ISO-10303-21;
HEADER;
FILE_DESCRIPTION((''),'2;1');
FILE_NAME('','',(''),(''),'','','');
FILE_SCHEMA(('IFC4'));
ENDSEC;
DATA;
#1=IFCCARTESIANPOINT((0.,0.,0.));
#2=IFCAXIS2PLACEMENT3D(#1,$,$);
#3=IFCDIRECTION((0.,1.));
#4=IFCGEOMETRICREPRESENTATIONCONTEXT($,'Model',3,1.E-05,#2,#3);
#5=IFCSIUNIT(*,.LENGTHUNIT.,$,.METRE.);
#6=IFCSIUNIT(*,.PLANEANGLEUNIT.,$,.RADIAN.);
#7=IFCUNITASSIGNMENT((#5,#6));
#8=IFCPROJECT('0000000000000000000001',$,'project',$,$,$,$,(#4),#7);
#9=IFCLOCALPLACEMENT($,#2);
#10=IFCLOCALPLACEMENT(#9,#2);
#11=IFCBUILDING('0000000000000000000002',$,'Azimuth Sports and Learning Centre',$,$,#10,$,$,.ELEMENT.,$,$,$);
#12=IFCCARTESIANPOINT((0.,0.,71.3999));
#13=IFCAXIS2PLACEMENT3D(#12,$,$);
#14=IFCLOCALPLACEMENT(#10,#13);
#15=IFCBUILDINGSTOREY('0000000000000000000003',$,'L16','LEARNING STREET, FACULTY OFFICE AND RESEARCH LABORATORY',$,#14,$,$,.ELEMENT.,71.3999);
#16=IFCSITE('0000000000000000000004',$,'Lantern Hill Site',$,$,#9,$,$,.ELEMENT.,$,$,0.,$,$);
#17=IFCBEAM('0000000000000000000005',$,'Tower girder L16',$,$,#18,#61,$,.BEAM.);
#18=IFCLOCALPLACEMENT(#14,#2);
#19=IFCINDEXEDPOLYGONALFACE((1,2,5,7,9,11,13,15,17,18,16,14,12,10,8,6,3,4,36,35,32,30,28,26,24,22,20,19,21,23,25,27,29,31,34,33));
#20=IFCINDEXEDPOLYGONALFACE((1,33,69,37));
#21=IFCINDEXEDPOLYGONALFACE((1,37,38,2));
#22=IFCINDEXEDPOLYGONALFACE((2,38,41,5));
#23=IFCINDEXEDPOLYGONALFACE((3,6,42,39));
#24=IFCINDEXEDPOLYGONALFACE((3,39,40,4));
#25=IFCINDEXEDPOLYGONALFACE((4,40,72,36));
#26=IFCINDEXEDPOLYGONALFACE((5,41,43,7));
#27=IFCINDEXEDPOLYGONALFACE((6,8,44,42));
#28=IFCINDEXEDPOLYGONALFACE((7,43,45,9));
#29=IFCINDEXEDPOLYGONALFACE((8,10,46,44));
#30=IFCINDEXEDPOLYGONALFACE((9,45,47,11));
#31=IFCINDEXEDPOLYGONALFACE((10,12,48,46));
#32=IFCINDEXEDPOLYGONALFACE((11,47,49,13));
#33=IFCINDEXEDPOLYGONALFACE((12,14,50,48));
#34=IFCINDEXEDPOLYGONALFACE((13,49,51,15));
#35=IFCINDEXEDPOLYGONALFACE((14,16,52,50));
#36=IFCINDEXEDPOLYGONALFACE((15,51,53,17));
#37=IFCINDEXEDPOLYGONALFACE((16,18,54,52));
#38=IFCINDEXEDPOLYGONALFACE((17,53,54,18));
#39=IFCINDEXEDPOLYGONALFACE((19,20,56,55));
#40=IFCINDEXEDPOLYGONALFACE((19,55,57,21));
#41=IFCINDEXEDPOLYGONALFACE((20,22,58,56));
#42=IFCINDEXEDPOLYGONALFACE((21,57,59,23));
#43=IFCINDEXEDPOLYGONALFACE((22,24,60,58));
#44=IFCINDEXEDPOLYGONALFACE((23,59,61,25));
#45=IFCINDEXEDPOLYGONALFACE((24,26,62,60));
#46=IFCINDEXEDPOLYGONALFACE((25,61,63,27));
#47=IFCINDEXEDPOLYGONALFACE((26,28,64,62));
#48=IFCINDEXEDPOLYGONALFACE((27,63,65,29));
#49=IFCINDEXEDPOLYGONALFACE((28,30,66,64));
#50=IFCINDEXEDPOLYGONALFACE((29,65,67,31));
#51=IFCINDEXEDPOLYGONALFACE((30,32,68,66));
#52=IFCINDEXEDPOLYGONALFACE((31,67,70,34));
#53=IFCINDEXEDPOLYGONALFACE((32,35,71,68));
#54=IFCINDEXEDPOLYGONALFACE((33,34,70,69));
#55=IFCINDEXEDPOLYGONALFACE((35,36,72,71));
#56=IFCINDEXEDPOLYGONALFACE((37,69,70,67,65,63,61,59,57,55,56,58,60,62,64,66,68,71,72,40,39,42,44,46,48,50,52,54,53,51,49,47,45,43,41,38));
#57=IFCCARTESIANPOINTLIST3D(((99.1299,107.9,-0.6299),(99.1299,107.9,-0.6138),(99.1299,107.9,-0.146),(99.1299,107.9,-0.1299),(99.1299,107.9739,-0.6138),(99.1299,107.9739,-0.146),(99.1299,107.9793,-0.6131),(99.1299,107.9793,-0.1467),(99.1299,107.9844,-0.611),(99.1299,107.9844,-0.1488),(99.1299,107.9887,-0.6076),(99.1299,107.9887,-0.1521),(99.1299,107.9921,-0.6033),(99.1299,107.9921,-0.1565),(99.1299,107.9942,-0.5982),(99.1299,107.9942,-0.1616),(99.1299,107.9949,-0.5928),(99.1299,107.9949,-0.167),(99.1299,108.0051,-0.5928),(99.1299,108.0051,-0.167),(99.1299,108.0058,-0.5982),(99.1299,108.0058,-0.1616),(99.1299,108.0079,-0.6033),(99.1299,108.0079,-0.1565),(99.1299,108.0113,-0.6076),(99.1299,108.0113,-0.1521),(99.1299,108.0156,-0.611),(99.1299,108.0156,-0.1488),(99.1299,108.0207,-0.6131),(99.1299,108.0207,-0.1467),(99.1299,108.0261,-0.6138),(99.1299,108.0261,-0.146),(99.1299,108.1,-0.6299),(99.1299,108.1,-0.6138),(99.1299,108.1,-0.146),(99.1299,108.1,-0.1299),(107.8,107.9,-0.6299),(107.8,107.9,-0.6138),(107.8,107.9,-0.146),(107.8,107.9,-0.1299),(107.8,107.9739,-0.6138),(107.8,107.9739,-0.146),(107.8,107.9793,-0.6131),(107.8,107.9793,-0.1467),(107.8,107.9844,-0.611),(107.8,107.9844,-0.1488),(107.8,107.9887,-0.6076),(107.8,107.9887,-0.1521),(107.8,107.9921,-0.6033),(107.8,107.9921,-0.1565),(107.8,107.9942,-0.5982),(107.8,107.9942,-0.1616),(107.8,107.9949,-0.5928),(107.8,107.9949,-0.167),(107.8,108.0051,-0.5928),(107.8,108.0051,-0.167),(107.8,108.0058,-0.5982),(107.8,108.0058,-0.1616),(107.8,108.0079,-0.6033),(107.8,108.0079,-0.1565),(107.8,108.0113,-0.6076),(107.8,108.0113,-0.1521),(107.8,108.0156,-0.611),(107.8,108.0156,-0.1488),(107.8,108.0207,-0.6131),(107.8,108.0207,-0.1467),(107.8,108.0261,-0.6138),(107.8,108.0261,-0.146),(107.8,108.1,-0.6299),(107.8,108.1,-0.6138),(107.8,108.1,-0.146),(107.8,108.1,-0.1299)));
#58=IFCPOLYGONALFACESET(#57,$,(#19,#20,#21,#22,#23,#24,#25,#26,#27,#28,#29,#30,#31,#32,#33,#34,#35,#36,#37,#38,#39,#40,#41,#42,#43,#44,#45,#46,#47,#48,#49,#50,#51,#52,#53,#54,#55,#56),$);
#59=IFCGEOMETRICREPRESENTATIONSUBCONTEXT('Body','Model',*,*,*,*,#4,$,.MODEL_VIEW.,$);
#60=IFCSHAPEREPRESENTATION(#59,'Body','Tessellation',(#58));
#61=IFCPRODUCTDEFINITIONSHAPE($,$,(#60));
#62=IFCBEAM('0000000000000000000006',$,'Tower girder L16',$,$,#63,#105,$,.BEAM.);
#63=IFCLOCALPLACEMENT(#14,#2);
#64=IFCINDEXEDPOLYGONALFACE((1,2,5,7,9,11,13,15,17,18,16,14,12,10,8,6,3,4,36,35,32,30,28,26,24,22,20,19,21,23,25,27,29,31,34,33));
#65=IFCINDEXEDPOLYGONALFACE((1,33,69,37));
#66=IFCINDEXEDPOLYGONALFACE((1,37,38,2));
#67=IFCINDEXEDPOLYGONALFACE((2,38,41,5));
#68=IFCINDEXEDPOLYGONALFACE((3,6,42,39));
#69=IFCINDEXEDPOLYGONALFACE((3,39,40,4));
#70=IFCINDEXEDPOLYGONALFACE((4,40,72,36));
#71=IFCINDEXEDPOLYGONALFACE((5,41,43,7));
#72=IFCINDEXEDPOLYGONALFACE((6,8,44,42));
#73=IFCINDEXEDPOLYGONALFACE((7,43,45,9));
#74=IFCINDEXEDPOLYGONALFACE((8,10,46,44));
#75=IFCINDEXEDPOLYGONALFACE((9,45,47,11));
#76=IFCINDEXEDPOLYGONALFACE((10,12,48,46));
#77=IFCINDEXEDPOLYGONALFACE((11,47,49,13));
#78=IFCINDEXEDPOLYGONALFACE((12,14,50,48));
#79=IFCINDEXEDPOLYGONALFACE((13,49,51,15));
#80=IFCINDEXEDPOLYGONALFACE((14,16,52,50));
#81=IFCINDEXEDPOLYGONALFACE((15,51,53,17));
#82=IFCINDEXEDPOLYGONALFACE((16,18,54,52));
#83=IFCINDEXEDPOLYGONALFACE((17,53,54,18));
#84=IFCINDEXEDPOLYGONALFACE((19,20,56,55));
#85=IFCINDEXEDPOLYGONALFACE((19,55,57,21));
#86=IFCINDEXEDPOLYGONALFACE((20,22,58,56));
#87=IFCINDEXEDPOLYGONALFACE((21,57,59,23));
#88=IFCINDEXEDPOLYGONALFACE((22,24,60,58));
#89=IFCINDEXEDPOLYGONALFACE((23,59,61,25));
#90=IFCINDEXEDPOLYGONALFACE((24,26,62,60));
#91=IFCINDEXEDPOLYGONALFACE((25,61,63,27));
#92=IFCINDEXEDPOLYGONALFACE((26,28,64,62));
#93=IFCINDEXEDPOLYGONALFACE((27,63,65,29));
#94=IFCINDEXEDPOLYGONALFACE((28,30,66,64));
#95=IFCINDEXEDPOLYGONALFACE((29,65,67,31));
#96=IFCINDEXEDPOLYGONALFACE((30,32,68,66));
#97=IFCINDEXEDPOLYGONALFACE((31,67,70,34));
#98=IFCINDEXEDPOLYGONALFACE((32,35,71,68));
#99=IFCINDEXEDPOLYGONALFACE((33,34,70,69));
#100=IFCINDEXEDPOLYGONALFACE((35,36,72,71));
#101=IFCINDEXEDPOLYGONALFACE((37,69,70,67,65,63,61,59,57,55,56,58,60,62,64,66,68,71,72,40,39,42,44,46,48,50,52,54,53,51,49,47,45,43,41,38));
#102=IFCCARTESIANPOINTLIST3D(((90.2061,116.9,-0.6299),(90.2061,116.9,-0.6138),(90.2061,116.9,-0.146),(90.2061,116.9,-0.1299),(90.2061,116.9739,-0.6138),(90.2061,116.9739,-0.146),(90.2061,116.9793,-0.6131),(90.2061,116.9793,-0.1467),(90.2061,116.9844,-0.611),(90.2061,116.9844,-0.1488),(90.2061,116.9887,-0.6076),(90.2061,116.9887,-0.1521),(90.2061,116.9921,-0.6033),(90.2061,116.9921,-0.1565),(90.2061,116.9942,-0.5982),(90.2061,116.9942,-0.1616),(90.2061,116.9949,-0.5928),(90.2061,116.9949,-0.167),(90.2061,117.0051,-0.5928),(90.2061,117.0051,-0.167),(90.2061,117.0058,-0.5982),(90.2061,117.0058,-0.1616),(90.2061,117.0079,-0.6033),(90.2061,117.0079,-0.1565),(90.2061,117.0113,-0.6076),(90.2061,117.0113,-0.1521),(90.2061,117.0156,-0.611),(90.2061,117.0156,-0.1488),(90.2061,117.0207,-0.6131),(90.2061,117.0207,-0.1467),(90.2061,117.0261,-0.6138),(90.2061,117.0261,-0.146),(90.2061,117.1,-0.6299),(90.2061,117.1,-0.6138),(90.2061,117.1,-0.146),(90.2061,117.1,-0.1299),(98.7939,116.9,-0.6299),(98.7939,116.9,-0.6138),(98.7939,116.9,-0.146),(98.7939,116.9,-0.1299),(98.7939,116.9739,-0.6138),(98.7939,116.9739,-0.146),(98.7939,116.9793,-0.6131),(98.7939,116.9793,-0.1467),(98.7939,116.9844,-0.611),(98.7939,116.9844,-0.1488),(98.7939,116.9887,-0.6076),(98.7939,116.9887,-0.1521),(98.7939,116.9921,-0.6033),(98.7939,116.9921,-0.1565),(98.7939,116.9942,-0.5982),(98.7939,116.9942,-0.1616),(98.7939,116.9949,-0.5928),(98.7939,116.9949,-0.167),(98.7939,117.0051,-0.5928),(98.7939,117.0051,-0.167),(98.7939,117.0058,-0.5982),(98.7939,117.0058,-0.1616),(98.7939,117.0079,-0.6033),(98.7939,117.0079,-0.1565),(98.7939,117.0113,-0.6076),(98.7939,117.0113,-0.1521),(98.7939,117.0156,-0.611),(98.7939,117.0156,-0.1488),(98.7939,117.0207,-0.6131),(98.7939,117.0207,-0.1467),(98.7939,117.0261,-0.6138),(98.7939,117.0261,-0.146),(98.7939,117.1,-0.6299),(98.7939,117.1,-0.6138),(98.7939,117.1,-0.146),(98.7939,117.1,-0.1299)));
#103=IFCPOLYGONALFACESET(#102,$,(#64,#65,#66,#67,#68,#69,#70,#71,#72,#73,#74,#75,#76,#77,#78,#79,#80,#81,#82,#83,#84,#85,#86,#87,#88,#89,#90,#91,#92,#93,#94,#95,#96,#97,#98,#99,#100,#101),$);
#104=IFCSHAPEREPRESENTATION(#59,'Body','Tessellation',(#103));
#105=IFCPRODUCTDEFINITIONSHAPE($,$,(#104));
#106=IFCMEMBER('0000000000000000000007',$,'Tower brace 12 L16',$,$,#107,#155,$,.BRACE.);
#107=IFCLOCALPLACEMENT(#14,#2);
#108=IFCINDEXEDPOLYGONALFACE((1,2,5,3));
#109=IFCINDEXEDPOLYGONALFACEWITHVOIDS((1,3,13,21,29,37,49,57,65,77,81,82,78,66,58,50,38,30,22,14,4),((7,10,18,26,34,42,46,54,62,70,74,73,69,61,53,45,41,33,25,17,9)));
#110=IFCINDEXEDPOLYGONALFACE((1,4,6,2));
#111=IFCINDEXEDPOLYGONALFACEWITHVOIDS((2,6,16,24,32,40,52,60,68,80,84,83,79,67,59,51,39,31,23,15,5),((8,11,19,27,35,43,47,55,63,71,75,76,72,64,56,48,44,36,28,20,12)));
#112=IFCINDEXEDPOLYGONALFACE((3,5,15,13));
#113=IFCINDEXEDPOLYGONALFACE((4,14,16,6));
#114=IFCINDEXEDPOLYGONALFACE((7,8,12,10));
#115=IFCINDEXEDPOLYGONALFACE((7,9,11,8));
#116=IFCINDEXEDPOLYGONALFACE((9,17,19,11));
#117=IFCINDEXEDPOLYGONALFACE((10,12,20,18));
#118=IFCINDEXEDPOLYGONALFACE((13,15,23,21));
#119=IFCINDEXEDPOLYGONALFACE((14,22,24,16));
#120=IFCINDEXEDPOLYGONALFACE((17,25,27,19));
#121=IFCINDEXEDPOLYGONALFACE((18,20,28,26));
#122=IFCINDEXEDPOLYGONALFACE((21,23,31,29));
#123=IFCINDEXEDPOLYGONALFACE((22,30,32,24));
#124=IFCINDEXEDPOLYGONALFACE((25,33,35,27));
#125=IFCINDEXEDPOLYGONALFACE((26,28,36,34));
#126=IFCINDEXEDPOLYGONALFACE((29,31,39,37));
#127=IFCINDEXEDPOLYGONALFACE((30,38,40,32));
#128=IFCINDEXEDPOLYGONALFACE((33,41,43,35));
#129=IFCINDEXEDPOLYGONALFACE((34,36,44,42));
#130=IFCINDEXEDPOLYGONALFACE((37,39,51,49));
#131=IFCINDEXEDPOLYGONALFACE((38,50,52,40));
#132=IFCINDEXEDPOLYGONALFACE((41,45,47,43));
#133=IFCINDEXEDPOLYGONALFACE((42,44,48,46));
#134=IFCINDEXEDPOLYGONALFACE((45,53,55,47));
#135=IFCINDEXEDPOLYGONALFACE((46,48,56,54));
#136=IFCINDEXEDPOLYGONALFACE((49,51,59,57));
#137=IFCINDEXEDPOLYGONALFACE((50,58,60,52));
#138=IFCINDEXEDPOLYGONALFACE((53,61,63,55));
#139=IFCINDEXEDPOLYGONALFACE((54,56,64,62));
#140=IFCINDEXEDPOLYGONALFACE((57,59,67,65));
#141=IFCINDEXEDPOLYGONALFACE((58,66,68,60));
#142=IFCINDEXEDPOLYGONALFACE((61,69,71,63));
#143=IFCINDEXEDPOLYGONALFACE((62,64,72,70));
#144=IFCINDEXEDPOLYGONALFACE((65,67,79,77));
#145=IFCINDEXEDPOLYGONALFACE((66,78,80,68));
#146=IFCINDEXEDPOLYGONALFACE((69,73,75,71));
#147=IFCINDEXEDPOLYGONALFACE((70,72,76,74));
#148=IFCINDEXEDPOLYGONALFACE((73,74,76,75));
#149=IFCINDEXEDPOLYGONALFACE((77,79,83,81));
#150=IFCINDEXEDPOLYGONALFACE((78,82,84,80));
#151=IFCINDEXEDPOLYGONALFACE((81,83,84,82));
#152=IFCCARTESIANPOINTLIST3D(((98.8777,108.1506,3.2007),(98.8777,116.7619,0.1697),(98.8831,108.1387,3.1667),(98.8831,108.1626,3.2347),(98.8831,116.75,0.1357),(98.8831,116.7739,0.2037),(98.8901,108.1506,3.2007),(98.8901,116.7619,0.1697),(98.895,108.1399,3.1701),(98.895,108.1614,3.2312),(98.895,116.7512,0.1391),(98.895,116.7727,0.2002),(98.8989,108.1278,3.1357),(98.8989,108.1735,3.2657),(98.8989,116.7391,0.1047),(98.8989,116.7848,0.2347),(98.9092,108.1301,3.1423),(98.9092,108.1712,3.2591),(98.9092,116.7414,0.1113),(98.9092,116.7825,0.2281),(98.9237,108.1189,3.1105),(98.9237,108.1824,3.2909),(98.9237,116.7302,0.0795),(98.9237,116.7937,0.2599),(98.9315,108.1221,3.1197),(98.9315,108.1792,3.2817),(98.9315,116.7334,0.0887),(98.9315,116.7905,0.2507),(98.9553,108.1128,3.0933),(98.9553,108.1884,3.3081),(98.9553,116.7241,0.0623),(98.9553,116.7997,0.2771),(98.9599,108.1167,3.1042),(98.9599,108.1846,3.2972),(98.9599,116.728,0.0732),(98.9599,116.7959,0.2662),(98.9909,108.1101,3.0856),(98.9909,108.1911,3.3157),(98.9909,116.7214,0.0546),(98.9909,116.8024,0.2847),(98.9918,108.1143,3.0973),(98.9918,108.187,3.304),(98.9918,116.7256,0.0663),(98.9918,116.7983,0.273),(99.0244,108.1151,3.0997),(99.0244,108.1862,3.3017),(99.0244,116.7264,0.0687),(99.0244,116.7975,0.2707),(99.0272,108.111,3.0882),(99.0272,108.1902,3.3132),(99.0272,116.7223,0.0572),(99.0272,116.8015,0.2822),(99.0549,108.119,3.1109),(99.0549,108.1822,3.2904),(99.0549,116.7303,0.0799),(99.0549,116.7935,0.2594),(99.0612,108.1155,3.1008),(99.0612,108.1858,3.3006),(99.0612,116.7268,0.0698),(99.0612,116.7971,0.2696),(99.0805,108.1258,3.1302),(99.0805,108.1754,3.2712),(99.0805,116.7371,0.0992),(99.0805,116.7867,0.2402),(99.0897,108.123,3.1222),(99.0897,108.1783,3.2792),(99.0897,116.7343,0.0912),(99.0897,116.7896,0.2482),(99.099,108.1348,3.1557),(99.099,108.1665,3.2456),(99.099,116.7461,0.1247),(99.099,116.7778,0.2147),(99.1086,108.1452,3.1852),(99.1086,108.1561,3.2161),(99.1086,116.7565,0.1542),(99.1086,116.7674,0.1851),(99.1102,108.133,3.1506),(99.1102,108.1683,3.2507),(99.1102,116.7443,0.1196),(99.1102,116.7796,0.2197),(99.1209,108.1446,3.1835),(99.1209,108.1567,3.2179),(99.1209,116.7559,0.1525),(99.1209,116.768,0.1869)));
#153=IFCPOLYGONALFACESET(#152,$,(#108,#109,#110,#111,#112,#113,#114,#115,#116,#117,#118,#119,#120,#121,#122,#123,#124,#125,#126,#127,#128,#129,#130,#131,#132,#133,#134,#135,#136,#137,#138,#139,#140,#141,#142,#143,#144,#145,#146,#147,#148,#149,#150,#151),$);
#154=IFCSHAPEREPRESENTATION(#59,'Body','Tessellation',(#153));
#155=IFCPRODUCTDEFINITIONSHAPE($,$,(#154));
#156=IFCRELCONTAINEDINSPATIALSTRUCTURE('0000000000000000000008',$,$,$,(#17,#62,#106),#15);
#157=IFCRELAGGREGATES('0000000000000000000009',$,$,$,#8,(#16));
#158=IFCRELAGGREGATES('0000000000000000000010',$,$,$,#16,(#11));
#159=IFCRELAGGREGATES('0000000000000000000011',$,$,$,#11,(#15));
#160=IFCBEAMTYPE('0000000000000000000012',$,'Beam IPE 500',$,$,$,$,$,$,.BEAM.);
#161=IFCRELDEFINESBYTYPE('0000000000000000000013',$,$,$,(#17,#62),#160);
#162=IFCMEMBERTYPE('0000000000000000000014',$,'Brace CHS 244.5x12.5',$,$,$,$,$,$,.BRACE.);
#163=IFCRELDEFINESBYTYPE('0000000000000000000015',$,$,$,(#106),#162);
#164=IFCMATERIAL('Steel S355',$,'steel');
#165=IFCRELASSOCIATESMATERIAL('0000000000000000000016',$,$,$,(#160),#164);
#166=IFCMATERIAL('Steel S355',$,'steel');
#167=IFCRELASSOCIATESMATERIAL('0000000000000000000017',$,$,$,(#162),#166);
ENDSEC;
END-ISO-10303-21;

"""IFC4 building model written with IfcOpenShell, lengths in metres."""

from ifc_helpers import new_model, si_unit, direction, frame, origin, origin_2d, place, context, subcontext, project, spatial, hollow_circle, i_section, extrude, material, material_profile, profile_set, type_object, element, save


model = new_model("IFC4")

# Units and contexts
model_context = context("Model", 3, precision=1e-05, world=origin(), true_north=direction((0.0, 1.0)))
body_context = subcontext(model_context, "Body", "Model", "MODEL_VIEW")
ifc_project = project(units=[si_unit("LENGTHUNIT", "METRE"), si_unit("PLANEANGLEUNIT", "RADIAN")], contexts=[model_context])

# Site, building, storey
site_placement = place(None, origin())
site = spatial("IfcSite", under=ifc_project, at=site_placement, Name="Lantern Hill Site", CompositionType="ELEMENT", RefElevation=0.0)
building_placement = place(site_placement, origin())
building = spatial("IfcBuilding", under=site, at=building_placement, Name="Azimuth Sports and Learning Centre", CompositionType="ELEMENT")
storey_placement = place(building_placement, frame((0.0, 0.0, 71.3999)))
storey = spatial("IfcBuildingStorey", under=building, at=storey_placement, Name="L16", Description="LEARNING STREET, FACULTY OFFICE AND RESEARCH LABORATORY", CompositionType="ELEMENT", Elevation=71.3999)

# Beams
ifc_material_1 = material(Name="Steel S355", Category="steel")
ifc_material_profile_1 = material_profile(ifc_material_1, i_section(OverallWidth=0.2, OverallDepth=0.5, WebThickness=0.0103, FlangeThickness=0.0161, FilletRadius=0.021, at=origin_2d()), Name="IPE 500")
ifc_profile_set_1 = profile_set([ifc_material_profile_1], Name="Steel S355")
beam_type_1 = type_object("IfcBeamType", Name="Beam IPE 500", PredefinedType="BEAM", material=ifc_profile_set_1)
beam_1_placement = place(storey_placement, frame((99.1299, 108.0, -0.3799), z_axis=(1.0, 0.0, 0.0), x_axis=(0.0, 1.0, 0.0)))
element("IfcBeam", 1, at=beam_1_placement, inside=storey, type_object=beam_type_1, Name="Tower girder L16", PredefinedType="BEAM", context=body_context, shape_type="SweptSolid", body=[
    extrude(i_section(OverallWidth=0.2, OverallDepth=0.5, WebThickness=0.0103, FlangeThickness=0.0161, FilletRadius=0.021, at=origin_2d()), origin(), (0.0, 0.0, 1.0), 8.6702),
])
beam_2_placement = place(storey_placement, frame((90.2061, 117.0, -0.3799), z_axis=(1.0, 0.0, 0.0), x_axis=(0.0, 1.0, 0.0)))
element("IfcBeam", 2, at=beam_2_placement, inside=storey, type_object=beam_type_1, Name="Tower girder L16", PredefinedType="BEAM", context=body_context, shape_type="SweptSolid", body=[
    extrude(i_section(OverallWidth=0.2, OverallDepth=0.5, WebThickness=0.0103, FlangeThickness=0.0161, FilletRadius=0.021, at=origin_2d()), origin(), (0.0, 0.0, 1.0), 8.5879),
])

# Member
ifc_material_2 = material(Name="Steel S355", Category="steel")
ifc_material_profile_2 = material_profile(ifc_material_2, hollow_circle(Radius=0.1223, WallThickness=0.0125, at=origin_2d()), Name="CHS 244.5x12.5")
ifc_profile_set_2 = profile_set([ifc_material_profile_2], Name="Steel S355")
member_type = type_object("IfcMemberType", Name="Brace CHS 244.5x12.5", PredefinedType="BRACE", material=ifc_profile_set_2)
member_placement = place(storey_placement, frame((99.0, 108.1506, 3.2007), z_axis=(0.0, 0.943275, -0.332013), x_axis=(-1.0, 0.0, 0.0)))
element("IfcMember", 3, at=member_placement, inside=storey, type_object=member_type, Name="Tower brace 12 L16", PredefinedType="BRACE", context=body_context, shape_type="SweptSolid", body=[
    extrude(hollow_circle(Radius=0.1223, WallThickness=0.0125, at=origin_2d()), origin(), (0.0, 0.0, 1.0), 9.1292),
])

save(model, "model.ifc")
